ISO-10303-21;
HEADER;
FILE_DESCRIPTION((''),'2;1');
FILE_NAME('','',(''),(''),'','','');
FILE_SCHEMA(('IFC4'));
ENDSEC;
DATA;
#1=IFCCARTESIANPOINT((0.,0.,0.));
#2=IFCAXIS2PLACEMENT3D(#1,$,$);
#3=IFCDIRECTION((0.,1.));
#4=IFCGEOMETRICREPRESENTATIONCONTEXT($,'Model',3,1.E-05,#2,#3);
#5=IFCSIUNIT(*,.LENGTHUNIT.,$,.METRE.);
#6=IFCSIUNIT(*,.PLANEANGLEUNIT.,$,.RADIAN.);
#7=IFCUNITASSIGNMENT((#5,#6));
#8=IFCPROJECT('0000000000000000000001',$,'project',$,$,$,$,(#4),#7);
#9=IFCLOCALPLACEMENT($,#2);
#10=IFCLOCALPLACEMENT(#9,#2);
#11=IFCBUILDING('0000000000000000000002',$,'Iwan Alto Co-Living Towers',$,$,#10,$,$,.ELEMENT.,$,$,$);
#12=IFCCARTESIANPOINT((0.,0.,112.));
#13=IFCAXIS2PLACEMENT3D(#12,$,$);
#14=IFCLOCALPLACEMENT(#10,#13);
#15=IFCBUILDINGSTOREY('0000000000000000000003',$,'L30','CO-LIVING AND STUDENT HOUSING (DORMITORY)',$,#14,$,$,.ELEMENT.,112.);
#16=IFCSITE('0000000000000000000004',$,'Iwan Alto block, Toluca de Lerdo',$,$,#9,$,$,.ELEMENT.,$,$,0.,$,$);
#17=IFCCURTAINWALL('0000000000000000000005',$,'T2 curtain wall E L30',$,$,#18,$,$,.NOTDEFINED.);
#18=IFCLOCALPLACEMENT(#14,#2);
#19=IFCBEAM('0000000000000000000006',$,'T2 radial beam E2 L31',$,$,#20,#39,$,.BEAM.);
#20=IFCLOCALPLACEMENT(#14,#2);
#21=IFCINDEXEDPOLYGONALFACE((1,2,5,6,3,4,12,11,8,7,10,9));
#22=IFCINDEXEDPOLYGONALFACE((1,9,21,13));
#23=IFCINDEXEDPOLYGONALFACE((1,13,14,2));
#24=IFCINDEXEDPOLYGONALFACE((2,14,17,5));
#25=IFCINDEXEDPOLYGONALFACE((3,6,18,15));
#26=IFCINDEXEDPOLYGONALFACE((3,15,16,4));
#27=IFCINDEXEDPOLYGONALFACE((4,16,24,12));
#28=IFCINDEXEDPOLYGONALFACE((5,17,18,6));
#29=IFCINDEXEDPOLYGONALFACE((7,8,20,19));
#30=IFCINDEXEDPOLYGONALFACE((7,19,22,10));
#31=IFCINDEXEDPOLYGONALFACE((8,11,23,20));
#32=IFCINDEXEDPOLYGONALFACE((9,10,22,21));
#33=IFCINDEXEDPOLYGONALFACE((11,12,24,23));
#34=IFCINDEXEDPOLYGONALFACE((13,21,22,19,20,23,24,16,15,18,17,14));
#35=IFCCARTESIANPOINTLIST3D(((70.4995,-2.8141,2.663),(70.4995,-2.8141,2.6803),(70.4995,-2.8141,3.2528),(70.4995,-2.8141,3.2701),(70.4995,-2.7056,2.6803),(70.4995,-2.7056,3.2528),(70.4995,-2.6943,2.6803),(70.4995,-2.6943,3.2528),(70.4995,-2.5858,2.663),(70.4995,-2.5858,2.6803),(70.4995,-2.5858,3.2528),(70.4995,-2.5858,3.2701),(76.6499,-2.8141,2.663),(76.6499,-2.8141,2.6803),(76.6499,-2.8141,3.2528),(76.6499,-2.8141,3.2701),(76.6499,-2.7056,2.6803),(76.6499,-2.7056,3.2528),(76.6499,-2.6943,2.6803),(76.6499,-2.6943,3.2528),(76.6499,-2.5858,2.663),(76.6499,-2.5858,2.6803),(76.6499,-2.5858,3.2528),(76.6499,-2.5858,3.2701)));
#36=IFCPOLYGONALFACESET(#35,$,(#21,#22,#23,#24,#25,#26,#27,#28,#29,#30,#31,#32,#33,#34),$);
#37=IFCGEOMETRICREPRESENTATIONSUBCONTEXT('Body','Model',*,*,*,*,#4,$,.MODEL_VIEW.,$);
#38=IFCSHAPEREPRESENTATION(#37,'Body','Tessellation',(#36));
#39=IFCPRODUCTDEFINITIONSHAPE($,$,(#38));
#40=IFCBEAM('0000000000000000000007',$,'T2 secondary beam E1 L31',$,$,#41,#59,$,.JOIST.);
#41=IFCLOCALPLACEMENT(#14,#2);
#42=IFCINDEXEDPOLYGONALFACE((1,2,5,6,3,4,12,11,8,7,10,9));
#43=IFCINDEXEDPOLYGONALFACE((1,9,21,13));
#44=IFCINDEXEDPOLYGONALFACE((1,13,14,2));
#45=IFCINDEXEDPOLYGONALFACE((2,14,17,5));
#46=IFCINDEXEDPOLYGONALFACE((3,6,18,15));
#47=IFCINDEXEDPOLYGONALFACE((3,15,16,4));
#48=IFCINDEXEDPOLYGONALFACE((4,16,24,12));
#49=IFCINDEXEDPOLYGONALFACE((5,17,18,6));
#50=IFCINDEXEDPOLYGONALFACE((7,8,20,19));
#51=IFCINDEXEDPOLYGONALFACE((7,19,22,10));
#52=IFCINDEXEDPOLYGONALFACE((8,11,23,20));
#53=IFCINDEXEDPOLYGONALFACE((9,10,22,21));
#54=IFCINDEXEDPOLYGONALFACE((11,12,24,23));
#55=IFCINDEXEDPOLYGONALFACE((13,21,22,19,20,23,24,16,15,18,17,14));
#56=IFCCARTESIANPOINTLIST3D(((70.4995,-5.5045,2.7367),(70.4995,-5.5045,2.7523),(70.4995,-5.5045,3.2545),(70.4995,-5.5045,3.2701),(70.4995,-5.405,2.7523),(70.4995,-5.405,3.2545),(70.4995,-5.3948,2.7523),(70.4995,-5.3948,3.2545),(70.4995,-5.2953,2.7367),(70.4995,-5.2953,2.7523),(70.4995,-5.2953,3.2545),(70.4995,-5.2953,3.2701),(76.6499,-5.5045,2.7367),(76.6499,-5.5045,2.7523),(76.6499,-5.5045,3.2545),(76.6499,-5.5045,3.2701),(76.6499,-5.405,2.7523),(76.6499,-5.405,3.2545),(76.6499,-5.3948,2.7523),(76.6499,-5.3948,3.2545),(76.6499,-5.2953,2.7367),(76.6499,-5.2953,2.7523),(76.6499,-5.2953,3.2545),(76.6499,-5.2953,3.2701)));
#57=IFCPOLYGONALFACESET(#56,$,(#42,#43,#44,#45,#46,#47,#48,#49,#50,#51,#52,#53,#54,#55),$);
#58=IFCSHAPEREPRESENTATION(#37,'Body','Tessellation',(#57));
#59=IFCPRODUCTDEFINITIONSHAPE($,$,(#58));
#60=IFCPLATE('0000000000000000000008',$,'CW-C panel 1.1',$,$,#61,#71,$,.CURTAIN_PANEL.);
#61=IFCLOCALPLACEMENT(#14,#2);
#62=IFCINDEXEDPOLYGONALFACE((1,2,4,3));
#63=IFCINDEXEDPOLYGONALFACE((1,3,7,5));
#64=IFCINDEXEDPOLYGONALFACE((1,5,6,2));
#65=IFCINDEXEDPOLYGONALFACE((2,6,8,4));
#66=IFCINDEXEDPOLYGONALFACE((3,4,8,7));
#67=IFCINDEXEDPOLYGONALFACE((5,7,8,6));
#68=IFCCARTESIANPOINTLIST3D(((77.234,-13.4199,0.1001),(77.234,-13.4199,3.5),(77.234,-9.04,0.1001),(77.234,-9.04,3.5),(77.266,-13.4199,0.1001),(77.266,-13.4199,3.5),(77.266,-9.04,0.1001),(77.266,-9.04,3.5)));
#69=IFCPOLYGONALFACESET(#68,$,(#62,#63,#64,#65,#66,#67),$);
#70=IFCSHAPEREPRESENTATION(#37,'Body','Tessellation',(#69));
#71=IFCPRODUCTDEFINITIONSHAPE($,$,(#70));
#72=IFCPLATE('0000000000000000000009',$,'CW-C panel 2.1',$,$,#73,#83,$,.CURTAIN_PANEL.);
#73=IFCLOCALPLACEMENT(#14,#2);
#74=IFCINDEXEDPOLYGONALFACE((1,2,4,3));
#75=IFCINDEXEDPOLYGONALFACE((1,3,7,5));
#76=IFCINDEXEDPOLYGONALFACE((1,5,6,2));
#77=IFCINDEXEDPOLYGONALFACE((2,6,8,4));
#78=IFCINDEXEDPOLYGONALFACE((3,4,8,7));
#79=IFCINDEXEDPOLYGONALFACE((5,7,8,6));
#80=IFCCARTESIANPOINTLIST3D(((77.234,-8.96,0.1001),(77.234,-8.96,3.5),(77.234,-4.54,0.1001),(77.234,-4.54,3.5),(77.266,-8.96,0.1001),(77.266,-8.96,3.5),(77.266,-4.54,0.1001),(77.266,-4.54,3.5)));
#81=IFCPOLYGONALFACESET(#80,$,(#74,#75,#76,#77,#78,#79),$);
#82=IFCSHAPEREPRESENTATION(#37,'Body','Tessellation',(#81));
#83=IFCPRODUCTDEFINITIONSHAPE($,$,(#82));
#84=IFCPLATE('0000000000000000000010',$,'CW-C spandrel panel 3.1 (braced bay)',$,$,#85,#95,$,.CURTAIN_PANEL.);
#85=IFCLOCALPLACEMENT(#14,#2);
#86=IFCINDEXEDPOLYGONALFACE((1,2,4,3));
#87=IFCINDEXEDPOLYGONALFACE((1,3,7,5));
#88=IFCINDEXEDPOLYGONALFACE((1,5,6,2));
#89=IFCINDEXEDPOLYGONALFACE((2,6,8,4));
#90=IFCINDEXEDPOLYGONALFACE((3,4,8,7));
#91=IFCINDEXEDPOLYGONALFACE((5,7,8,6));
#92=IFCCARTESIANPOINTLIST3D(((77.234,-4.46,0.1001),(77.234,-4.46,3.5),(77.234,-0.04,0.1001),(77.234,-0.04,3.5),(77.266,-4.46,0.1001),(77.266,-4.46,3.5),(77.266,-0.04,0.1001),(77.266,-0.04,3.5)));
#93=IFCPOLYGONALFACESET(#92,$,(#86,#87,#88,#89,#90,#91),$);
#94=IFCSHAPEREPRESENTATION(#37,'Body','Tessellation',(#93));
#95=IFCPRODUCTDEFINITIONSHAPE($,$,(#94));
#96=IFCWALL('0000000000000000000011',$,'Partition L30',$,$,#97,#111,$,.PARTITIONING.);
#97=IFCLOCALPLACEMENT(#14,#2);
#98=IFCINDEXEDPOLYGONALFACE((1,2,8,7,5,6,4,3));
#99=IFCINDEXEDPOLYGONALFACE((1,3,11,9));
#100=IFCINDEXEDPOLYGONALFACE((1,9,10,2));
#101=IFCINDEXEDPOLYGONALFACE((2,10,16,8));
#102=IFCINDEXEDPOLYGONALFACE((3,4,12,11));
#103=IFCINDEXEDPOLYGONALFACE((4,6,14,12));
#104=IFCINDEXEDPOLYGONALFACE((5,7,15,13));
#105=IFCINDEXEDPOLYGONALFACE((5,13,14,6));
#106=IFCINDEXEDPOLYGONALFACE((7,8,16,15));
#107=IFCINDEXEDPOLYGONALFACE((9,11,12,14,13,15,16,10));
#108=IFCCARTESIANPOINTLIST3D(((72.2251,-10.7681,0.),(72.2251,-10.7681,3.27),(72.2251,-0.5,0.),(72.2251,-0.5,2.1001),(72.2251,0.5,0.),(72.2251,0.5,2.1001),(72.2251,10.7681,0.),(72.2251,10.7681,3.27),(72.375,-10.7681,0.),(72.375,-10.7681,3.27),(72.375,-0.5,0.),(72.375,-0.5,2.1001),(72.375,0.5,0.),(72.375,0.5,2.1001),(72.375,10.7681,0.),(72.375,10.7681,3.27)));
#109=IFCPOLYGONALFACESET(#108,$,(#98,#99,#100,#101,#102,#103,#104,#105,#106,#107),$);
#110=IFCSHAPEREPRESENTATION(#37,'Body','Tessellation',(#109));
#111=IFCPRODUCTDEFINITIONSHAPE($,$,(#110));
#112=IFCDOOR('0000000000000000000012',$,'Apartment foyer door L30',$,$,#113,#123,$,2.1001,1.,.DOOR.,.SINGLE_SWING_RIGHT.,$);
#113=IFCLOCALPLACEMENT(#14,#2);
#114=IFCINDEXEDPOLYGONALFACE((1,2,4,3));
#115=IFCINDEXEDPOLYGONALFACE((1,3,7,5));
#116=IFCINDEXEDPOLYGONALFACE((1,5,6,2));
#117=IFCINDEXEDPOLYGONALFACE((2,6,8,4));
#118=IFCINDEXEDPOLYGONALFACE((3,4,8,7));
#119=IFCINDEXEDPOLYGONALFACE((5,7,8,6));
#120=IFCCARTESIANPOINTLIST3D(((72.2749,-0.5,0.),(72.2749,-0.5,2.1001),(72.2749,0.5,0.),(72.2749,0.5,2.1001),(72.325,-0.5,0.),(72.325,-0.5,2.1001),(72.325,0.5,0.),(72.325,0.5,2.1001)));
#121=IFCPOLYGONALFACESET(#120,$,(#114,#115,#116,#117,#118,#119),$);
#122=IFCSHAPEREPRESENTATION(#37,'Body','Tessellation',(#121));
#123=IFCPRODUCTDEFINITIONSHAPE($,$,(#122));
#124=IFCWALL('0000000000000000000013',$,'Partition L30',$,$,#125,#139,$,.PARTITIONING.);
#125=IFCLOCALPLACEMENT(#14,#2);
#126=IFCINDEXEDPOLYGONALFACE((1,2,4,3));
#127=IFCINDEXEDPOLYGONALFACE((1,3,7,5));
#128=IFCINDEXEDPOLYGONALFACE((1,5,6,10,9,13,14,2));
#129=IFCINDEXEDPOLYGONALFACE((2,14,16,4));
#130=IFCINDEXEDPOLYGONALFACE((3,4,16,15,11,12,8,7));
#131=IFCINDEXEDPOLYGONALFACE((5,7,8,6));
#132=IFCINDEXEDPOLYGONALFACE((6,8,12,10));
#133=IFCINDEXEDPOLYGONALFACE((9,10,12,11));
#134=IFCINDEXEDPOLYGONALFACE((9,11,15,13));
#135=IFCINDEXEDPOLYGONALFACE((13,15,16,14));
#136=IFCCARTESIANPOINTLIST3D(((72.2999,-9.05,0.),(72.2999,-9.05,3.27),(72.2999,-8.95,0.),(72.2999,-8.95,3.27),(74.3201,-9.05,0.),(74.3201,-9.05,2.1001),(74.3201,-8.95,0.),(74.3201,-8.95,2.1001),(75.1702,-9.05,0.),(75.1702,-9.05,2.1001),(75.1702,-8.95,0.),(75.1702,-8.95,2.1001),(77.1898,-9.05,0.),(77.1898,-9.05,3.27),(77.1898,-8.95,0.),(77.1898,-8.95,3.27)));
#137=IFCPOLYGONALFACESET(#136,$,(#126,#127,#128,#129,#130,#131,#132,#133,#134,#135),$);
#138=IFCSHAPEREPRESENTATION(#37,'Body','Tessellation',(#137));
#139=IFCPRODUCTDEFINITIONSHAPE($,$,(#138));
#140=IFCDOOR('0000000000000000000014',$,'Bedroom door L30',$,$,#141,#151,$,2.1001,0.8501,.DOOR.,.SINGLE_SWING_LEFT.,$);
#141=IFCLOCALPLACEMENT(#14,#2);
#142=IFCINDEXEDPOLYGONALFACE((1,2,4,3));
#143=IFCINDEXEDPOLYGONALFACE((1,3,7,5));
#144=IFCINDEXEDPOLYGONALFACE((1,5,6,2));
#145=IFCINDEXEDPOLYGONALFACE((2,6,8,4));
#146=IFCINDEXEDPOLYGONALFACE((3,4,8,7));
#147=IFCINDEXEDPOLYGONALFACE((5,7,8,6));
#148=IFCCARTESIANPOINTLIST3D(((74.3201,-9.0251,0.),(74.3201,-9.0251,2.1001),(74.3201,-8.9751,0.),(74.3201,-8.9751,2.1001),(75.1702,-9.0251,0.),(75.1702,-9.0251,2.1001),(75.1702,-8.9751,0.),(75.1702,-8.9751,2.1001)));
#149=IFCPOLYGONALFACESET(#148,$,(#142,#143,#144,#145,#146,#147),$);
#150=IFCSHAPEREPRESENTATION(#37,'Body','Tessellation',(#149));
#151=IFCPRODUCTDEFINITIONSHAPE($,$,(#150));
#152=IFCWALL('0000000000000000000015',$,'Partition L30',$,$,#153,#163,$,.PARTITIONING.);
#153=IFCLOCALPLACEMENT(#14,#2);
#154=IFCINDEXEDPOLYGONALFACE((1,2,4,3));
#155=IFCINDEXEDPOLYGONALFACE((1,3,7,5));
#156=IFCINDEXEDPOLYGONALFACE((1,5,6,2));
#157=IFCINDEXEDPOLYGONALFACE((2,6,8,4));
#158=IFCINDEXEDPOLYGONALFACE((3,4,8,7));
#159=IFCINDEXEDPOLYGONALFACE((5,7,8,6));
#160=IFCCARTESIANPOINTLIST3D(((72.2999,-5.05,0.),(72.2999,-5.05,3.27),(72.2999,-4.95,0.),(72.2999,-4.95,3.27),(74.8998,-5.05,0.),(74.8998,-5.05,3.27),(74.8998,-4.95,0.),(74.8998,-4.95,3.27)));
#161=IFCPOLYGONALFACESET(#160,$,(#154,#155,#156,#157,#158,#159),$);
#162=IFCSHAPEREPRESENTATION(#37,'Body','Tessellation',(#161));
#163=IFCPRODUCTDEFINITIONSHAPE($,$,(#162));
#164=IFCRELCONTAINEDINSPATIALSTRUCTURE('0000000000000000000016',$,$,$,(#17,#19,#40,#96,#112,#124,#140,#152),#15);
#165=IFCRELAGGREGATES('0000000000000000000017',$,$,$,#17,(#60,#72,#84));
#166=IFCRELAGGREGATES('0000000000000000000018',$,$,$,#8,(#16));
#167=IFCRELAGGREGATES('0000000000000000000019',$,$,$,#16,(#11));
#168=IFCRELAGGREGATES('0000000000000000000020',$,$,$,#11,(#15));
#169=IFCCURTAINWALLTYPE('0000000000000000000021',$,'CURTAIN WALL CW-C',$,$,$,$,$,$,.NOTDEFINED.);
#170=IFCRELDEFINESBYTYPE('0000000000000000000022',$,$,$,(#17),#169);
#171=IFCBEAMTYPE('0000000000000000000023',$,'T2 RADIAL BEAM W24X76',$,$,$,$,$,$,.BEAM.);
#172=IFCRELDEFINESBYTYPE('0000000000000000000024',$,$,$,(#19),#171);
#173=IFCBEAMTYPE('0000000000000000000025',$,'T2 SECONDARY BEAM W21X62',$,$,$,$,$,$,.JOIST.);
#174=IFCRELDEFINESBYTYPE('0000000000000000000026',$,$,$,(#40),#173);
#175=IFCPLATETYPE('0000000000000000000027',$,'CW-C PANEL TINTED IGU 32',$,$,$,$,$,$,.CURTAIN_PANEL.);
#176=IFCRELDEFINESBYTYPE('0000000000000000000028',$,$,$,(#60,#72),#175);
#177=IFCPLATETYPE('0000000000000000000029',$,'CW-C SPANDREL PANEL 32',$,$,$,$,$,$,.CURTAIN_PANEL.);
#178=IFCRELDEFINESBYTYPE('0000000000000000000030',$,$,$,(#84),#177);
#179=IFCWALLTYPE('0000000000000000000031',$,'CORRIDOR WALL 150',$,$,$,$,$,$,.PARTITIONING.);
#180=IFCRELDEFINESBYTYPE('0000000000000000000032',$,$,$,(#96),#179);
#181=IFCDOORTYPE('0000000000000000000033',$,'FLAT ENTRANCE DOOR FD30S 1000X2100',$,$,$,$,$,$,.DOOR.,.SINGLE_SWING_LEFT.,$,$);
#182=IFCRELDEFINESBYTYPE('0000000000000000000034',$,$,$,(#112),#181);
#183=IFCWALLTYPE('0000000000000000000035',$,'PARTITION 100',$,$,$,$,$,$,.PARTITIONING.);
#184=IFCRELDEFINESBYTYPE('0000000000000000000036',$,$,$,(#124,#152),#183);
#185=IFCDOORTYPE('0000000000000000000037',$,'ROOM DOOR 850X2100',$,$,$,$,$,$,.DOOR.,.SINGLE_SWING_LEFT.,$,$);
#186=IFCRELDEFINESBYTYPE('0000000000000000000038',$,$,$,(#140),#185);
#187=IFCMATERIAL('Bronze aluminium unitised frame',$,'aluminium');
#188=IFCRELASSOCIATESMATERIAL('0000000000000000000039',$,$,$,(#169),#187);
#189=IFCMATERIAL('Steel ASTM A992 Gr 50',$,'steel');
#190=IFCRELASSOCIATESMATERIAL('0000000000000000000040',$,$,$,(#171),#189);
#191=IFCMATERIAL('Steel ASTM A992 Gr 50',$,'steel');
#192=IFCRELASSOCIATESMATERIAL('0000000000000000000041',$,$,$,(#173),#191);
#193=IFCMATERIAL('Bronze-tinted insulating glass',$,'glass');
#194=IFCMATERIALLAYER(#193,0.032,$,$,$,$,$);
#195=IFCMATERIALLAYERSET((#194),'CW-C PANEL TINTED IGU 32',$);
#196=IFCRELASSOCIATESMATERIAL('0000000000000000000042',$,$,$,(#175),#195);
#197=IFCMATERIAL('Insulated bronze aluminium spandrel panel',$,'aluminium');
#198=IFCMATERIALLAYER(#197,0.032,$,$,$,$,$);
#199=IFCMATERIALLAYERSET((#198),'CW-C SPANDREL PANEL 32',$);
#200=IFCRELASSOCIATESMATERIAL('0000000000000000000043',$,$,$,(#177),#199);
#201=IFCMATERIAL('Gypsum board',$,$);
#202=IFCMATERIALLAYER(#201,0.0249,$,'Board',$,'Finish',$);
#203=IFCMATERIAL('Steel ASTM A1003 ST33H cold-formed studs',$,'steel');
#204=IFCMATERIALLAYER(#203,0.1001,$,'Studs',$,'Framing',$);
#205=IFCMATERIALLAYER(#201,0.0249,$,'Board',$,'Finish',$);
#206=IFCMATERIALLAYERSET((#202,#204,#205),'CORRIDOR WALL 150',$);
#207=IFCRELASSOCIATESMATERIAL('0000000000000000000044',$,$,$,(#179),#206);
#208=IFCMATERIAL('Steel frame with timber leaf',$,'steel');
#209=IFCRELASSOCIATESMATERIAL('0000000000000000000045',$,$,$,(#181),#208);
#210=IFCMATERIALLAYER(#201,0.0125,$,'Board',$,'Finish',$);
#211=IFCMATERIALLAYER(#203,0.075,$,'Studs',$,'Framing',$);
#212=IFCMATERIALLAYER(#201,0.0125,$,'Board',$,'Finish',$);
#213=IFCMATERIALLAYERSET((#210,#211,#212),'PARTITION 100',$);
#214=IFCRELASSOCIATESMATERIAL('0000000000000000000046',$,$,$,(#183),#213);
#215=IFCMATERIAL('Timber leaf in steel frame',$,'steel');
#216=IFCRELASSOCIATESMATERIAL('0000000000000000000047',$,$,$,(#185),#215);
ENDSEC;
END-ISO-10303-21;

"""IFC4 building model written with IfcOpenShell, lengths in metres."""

from ifc_helpers import new_model, si_unit, direction, frame, frame_2d, origin, origin_2d, place, context, subcontext, project, spatial, rectangle, i_section, extrude, material, layer, layer_set, material_profile, profile_set, type_object, element, fill, aggregate, save


model = new_model("IFC4")

# Units and contexts
model_context = context("Model", 3, precision=1e-05, world=origin(), true_north=direction((0.0, 1.0)))
body_context = subcontext(model_context, "Body", "Model", "MODEL_VIEW")
ifc_project = project(units=[si_unit("LENGTHUNIT", "METRE"), si_unit("PLANEANGLEUNIT", "RADIAN")], contexts=[model_context])

# Site, building, storey
site_placement = place(None, origin())
site = spatial("IfcSite", under=ifc_project, at=site_placement, Name="Iwan Alto block, Toluca de Lerdo", CompositionType="ELEMENT", RefElevation=0.0)
building_placement = place(site_placement, origin())
building = spatial("IfcBuilding", under=site, at=building_placement, Name="Iwan Alto Co-Living Towers", CompositionType="ELEMENT")
storey_placement = place(building_placement, frame((0.0, 0.0, 112.0)))
storey = spatial("IfcBuildingStorey", under=building, at=storey_placement, Name="L30", Description="CO-LIVING AND STUDENT HOUSING (DORMITORY)", CompositionType="ELEMENT", Elevation=112.0)

# Curtain wall
ifc_material_1 = material(Name="Bronze aluminium unitised frame", Category="aluminium")
curtain_wall_type = type_object("IfcCurtainWallType", Name="CURTAIN WALL CW-C", PredefinedType="NOTDEFINED", material=ifc_material_1)
curtain_wall_placement = place(storey_placement, origin())
curtain_wall = element("IfcCurtainWall", 1, at=curtain_wall_placement, inside=storey, type_object=curtain_wall_type, Name="T2 curtain wall E L30", PredefinedType="NOTDEFINED")

# Beams
ifc_material_2 = material(Name="Steel ASTM A992 Gr 50", Category="steel")
ifc_material_profile_1 = material_profile(ifc_material_2, i_section(OverallWidth=0.2283, OverallDepth=0.6072, WebThickness=0.0112, FlangeThickness=0.0173, at=origin_2d()), Name="W24X76")
ifc_profile_set_1 = profile_set([ifc_material_profile_1], Name="Steel ASTM A992 Gr 50")
beam_type_1 = type_object("IfcBeamType", Name="T2 RADIAL BEAM W24X76", PredefinedType="BEAM", material=ifc_profile_set_1)
for number, where, z_axis, x_axis, name in (
    (2, (76.6499, -2.7, 2.9666), (-1.0, 0.0, 0.0), (0.0, -1.0, 0.0), "T2 radial beam E2 L31"),
):
    element("IfcBeam", number, at=place(storey_placement, frame(where, z_axis=z_axis, x_axis=x_axis)), inside=storey, type_object=beam_type_1, Name=name, PredefinedType="BEAM", context=body_context, shape_type="SweptSolid", body=[
        extrude(i_section(OverallWidth=0.2283, OverallDepth=0.6072, WebThickness=0.0112, FlangeThickness=0.0173, at=origin_2d()), origin(), (0.0, 0.0, 1.0), 6.1504),
    ])
ifc_material_3 = material(Name="Steel ASTM A992 Gr 50", Category="steel")
ifc_material_profile_2 = material_profile(ifc_material_3, i_section(OverallWidth=0.2092, OverallDepth=0.5334, WebThickness=0.0103, FlangeThickness=0.0156, at=origin_2d()), Name="W21X62")
ifc_profile_set_2 = profile_set([ifc_material_profile_2], Name="Steel ASTM A992 Gr 50")
beam_type_2 = type_object("IfcBeamType", Name="T2 SECONDARY BEAM W21X62", PredefinedType="JOIST", material=ifc_profile_set_2)
beam_1_placement = place(storey_placement, frame((76.6499, -5.3999, 3.0034), z_axis=(-1.0, 0.0, 0.0), x_axis=(0.0, -1.0, 0.0)))
element("IfcBeam", 3, at=beam_1_placement, inside=storey, type_object=beam_type_2, Name="T2 secondary beam E1 L31", PredefinedType="JOIST", context=body_context, shape_type="SweptSolid", body=[
    extrude(i_section(OverallWidth=0.2092, OverallDepth=0.5334, WebThickness=0.0103, FlangeThickness=0.0156, at=origin_2d()), origin(), (0.0, 0.0, 1.0), 6.1504),
])

# Plates
ifc_material_4 = material(Name="Bronze-tinted insulating glass", Category="glass")
ifc_layer_1 = layer(ifc_material_4, 0.032)
ifc_layer_set_1 = layer_set([ifc_layer_1], Name="CW-C PANEL TINTED IGU 32")
plate_type_1 = type_object("IfcPlateType", Name="CW-C PANEL TINTED IGU 32", PredefinedType="CURTAIN_PANEL", material=ifc_layer_set_1)
plate_1_placement = place(storey_placement, frame((77.25, -11.23, 0.1001), z_axis=(0.0, 0.0, 1.0), x_axis=(0.0, 1.0, 0.0)))
plate_1 = element("IfcPlate", 4, at=plate_1_placement, type_object=plate_type_1, Name="CW-C panel 1.1", PredefinedType="CURTAIN_PANEL", context=body_context, shape_type="SweptSolid", body=[
    extrude(rectangle(XDim=4.3799, YDim=0.032, at=origin_2d()), origin(), (0.0, 0.0, 1.0), 3.3999),
])
plate_2_placement = place(storey_placement, frame((77.25, -6.75, 0.1001), z_axis=(0.0, 0.0, 1.0), x_axis=(0.0, 1.0, 0.0)))
plate_2 = element("IfcPlate", 5, at=plate_2_placement, type_object=plate_type_1, Name="CW-C panel 2.1", PredefinedType="CURTAIN_PANEL", context=body_context, shape_type="SweptSolid", body=[
    extrude(rectangle(XDim=4.4199, YDim=0.032, at=origin_2d()), origin(), (0.0, 0.0, 1.0), 3.3999),
])
ifc_material_5 = material(Name="Insulated bronze aluminium spandrel panel", Category="aluminium")
ifc_layer_2 = layer(ifc_material_5, 0.032)
ifc_layer_set_2 = layer_set([ifc_layer_2], Name="CW-C SPANDREL PANEL 32")
plate_type_2 = type_object("IfcPlateType", Name="CW-C SPANDREL PANEL 32", PredefinedType="CURTAIN_PANEL", material=ifc_layer_set_2)
plate_3_placement = place(storey_placement, frame((77.25, -2.25, 0.1001), z_axis=(0.0, 0.0, 1.0), x_axis=(0.0, 1.0, 0.0)))
plate_3 = element("IfcPlate", 6, at=plate_3_placement, type_object=plate_type_2, Name="CW-C spandrel panel 3.1 (braced bay)", PredefinedType="CURTAIN_PANEL", context=body_context, shape_type="SweptSolid", body=[
    extrude(rectangle(XDim=4.4199, YDim=0.032, at=origin_2d()), origin(), (0.0, 0.0, 1.0), 3.3999),
])
aggregate(curtain_wall, [plate_1, plate_2, plate_3])

# Walls, openings, doors
ifc_material_6 = material(Name="Gypsum board")
ifc_layer_3 = layer(ifc_material_6, 0.0249, Name="Board", Category="Finish")
ifc_material_7 = material(Name="Steel ASTM A1003 ST33H cold-formed studs", Category="steel")
ifc_layer_4 = layer(ifc_material_7, 0.1001, Name="Studs", Category="Framing")
ifc_layer_5 = layer(ifc_material_6, 0.0249, Name="Board", Category="Finish")
ifc_layer_set_3 = layer_set([ifc_layer_3, ifc_layer_4, ifc_layer_5], Name="CORRIDOR WALL 150")
wall_type_1 = type_object("IfcWallType", Name="CORRIDOR WALL 150", PredefinedType="PARTITIONING", material=ifc_layer_set_3)
wall_1_placement = place(storey_placement, frame((72.3, -10.7681, 0.0), z_axis=(0.0, 0.0, 1.0), x_axis=(0.0, 1.0, 0.0)))
wall_1 = element("IfcWall", 7, at=wall_1_placement, inside=storey, type_object=wall_type_1, Name="Partition L30", PredefinedType="PARTITIONING", context=body_context, shape_type="SweptSolid", body=[
    extrude(rectangle(XDim=21.5361, YDim=0.1499, at=frame_2d((10.7681, 0.0))), origin(), (0.0, 0.0, 1.0), 3.27),
])
opening_1_placement = place(wall_1_placement, frame((10.2681, 0.0, 0.0)))
opening_1 = element("IfcOpeningElement", 8, at=opening_1_placement, cuts=wall_1, PredefinedType="OPENING", context=body_context, shape_type="SweptSolid", body=[
    extrude(rectangle(XDim=1.0, YDim=2.1001, at=frame_2d((0.5, 1.05))), frame((0.0, 0.085, 0.0), z_axis=(0.0, -1.0, 0.0), x_axis=(1.0, 0.0, 0.0)), (0.0, 0.0, 1.0), 0.1699),
])
ifc_material_8 = material(Name="Steel frame with timber leaf", Category="steel")
door_type_1 = type_object("IfcDoorType", Name="FLAT ENTRANCE DOOR FD30S 1000X2100", OperationType="SINGLE_SWING_LEFT", PredefinedType="DOOR", material=ifc_material_8)
door_1_placement = place(opening_1_placement, frame((1.0, 0.0, 0.0), z_axis=(0.0, 0.0, 1.0), x_axis=(-1.0, 0.0, 0.0)))
door_1 = element("IfcDoor", 9, at=door_1_placement, inside=storey, type_object=door_type_1, Name="Apartment foyer door L30", OperationType="SINGLE_SWING_RIGHT", OverallHeight=2.1001, OverallWidth=1.0, PredefinedType="DOOR", context=body_context, shape_type="SweptSolid", body=[
    extrude(rectangle(XDim=1.0, YDim=2.1001, at=frame_2d((0.5, 1.05))), frame((0.0, 0.0249, 0.0), z_axis=(0.0, -1.0, 0.0), x_axis=(1.0, 0.0, 0.0)), (0.0, 0.0, 1.0), 0.05),
])
fill(opening_1, door_1)
ifc_layer_6 = layer(ifc_material_6, 0.0125, Name="Board", Category="Finish")
ifc_layer_7 = layer(ifc_material_7, 0.075, Name="Studs", Category="Framing")
ifc_layer_8 = layer(ifc_material_6, 0.0125, Name="Board", Category="Finish")
ifc_layer_set_4 = layer_set([ifc_layer_6, ifc_layer_7, ifc_layer_8], Name="PARTITION 100")
wall_type_2 = type_object("IfcWallType", Name="PARTITION 100", PredefinedType="PARTITIONING", material=ifc_layer_set_4)
wall_2_placement = place(storey_placement, frame((72.3, -9.0, 0.0), z_axis=(0.0, 0.0, 1.0), x_axis=(1.0, 0.0, 0.0)))
wall_2 = element("IfcWall", 10, at=wall_2_placement, inside=storey, type_object=wall_type_2, Name="Partition L30", PredefinedType="PARTITIONING", context=body_context, shape_type="SweptSolid", body=[
    extrude(rectangle(XDim=4.8899, YDim=0.1001, at=frame_2d((2.4448, 0.0))), origin(), (0.0, 0.0, 1.0), 3.27),
])
opening_2_placement = place(wall_2_placement, frame((2.02, 0.0, 0.0)))
opening_2 = element("IfcOpeningElement", 11, at=opening_2_placement, cuts=wall_2, PredefinedType="OPENING", context=body_context, shape_type="SweptSolid", body=[
    extrude(rectangle(XDim=0.8501, YDim=2.1001, at=frame_2d((0.425, 1.05))), frame((0.0, 0.0601, 0.0), z_axis=(0.0, -1.0, 0.0), x_axis=(1.0, 0.0, 0.0)), (0.0, 0.0, 1.0), 0.1201),
])
ifc_material_9 = material(Name="Timber leaf in steel frame", Category="steel")
door_type_2 = type_object("IfcDoorType", Name="ROOM DOOR 850X2100", OperationType="SINGLE_SWING_LEFT", PredefinedType="DOOR", material=ifc_material_9)
door_2_placement = place(opening_2_placement, origin())
door_2 = element("IfcDoor", 12, at=door_2_placement, inside=storey, type_object=door_type_2, Name="Bedroom door L30", OperationType="SINGLE_SWING_LEFT", OverallHeight=2.1001, OverallWidth=0.8501, PredefinedType="DOOR", context=body_context, shape_type="SweptSolid", body=[
    extrude(rectangle(XDim=0.8501, YDim=2.1001, at=frame_2d((0.425, 1.05))), frame((0.0, 0.0249, 0.0), z_axis=(0.0, -1.0, 0.0), x_axis=(1.0, 0.0, 0.0)), (0.0, 0.0, 1.0), 0.05),
])
fill(opening_2, door_2)

# Wall
wall_3_placement = place(storey_placement, frame((72.3, -5.0, 0.0), z_axis=(0.0, 0.0, 1.0), x_axis=(1.0, 0.0, 0.0)))
element("IfcWall", 13, at=wall_3_placement, inside=storey, type_object=wall_type_2, Name="Partition L30", PredefinedType="PARTITIONING", context=body_context, shape_type="SweptSolid", body=[
    extrude(rectangle(XDim=2.5999, YDim=0.1001, at=frame_2d((1.2998, 0.0))), origin(), (0.0, 0.0, 1.0), 3.27),
])

save(model, "model.ifc")
